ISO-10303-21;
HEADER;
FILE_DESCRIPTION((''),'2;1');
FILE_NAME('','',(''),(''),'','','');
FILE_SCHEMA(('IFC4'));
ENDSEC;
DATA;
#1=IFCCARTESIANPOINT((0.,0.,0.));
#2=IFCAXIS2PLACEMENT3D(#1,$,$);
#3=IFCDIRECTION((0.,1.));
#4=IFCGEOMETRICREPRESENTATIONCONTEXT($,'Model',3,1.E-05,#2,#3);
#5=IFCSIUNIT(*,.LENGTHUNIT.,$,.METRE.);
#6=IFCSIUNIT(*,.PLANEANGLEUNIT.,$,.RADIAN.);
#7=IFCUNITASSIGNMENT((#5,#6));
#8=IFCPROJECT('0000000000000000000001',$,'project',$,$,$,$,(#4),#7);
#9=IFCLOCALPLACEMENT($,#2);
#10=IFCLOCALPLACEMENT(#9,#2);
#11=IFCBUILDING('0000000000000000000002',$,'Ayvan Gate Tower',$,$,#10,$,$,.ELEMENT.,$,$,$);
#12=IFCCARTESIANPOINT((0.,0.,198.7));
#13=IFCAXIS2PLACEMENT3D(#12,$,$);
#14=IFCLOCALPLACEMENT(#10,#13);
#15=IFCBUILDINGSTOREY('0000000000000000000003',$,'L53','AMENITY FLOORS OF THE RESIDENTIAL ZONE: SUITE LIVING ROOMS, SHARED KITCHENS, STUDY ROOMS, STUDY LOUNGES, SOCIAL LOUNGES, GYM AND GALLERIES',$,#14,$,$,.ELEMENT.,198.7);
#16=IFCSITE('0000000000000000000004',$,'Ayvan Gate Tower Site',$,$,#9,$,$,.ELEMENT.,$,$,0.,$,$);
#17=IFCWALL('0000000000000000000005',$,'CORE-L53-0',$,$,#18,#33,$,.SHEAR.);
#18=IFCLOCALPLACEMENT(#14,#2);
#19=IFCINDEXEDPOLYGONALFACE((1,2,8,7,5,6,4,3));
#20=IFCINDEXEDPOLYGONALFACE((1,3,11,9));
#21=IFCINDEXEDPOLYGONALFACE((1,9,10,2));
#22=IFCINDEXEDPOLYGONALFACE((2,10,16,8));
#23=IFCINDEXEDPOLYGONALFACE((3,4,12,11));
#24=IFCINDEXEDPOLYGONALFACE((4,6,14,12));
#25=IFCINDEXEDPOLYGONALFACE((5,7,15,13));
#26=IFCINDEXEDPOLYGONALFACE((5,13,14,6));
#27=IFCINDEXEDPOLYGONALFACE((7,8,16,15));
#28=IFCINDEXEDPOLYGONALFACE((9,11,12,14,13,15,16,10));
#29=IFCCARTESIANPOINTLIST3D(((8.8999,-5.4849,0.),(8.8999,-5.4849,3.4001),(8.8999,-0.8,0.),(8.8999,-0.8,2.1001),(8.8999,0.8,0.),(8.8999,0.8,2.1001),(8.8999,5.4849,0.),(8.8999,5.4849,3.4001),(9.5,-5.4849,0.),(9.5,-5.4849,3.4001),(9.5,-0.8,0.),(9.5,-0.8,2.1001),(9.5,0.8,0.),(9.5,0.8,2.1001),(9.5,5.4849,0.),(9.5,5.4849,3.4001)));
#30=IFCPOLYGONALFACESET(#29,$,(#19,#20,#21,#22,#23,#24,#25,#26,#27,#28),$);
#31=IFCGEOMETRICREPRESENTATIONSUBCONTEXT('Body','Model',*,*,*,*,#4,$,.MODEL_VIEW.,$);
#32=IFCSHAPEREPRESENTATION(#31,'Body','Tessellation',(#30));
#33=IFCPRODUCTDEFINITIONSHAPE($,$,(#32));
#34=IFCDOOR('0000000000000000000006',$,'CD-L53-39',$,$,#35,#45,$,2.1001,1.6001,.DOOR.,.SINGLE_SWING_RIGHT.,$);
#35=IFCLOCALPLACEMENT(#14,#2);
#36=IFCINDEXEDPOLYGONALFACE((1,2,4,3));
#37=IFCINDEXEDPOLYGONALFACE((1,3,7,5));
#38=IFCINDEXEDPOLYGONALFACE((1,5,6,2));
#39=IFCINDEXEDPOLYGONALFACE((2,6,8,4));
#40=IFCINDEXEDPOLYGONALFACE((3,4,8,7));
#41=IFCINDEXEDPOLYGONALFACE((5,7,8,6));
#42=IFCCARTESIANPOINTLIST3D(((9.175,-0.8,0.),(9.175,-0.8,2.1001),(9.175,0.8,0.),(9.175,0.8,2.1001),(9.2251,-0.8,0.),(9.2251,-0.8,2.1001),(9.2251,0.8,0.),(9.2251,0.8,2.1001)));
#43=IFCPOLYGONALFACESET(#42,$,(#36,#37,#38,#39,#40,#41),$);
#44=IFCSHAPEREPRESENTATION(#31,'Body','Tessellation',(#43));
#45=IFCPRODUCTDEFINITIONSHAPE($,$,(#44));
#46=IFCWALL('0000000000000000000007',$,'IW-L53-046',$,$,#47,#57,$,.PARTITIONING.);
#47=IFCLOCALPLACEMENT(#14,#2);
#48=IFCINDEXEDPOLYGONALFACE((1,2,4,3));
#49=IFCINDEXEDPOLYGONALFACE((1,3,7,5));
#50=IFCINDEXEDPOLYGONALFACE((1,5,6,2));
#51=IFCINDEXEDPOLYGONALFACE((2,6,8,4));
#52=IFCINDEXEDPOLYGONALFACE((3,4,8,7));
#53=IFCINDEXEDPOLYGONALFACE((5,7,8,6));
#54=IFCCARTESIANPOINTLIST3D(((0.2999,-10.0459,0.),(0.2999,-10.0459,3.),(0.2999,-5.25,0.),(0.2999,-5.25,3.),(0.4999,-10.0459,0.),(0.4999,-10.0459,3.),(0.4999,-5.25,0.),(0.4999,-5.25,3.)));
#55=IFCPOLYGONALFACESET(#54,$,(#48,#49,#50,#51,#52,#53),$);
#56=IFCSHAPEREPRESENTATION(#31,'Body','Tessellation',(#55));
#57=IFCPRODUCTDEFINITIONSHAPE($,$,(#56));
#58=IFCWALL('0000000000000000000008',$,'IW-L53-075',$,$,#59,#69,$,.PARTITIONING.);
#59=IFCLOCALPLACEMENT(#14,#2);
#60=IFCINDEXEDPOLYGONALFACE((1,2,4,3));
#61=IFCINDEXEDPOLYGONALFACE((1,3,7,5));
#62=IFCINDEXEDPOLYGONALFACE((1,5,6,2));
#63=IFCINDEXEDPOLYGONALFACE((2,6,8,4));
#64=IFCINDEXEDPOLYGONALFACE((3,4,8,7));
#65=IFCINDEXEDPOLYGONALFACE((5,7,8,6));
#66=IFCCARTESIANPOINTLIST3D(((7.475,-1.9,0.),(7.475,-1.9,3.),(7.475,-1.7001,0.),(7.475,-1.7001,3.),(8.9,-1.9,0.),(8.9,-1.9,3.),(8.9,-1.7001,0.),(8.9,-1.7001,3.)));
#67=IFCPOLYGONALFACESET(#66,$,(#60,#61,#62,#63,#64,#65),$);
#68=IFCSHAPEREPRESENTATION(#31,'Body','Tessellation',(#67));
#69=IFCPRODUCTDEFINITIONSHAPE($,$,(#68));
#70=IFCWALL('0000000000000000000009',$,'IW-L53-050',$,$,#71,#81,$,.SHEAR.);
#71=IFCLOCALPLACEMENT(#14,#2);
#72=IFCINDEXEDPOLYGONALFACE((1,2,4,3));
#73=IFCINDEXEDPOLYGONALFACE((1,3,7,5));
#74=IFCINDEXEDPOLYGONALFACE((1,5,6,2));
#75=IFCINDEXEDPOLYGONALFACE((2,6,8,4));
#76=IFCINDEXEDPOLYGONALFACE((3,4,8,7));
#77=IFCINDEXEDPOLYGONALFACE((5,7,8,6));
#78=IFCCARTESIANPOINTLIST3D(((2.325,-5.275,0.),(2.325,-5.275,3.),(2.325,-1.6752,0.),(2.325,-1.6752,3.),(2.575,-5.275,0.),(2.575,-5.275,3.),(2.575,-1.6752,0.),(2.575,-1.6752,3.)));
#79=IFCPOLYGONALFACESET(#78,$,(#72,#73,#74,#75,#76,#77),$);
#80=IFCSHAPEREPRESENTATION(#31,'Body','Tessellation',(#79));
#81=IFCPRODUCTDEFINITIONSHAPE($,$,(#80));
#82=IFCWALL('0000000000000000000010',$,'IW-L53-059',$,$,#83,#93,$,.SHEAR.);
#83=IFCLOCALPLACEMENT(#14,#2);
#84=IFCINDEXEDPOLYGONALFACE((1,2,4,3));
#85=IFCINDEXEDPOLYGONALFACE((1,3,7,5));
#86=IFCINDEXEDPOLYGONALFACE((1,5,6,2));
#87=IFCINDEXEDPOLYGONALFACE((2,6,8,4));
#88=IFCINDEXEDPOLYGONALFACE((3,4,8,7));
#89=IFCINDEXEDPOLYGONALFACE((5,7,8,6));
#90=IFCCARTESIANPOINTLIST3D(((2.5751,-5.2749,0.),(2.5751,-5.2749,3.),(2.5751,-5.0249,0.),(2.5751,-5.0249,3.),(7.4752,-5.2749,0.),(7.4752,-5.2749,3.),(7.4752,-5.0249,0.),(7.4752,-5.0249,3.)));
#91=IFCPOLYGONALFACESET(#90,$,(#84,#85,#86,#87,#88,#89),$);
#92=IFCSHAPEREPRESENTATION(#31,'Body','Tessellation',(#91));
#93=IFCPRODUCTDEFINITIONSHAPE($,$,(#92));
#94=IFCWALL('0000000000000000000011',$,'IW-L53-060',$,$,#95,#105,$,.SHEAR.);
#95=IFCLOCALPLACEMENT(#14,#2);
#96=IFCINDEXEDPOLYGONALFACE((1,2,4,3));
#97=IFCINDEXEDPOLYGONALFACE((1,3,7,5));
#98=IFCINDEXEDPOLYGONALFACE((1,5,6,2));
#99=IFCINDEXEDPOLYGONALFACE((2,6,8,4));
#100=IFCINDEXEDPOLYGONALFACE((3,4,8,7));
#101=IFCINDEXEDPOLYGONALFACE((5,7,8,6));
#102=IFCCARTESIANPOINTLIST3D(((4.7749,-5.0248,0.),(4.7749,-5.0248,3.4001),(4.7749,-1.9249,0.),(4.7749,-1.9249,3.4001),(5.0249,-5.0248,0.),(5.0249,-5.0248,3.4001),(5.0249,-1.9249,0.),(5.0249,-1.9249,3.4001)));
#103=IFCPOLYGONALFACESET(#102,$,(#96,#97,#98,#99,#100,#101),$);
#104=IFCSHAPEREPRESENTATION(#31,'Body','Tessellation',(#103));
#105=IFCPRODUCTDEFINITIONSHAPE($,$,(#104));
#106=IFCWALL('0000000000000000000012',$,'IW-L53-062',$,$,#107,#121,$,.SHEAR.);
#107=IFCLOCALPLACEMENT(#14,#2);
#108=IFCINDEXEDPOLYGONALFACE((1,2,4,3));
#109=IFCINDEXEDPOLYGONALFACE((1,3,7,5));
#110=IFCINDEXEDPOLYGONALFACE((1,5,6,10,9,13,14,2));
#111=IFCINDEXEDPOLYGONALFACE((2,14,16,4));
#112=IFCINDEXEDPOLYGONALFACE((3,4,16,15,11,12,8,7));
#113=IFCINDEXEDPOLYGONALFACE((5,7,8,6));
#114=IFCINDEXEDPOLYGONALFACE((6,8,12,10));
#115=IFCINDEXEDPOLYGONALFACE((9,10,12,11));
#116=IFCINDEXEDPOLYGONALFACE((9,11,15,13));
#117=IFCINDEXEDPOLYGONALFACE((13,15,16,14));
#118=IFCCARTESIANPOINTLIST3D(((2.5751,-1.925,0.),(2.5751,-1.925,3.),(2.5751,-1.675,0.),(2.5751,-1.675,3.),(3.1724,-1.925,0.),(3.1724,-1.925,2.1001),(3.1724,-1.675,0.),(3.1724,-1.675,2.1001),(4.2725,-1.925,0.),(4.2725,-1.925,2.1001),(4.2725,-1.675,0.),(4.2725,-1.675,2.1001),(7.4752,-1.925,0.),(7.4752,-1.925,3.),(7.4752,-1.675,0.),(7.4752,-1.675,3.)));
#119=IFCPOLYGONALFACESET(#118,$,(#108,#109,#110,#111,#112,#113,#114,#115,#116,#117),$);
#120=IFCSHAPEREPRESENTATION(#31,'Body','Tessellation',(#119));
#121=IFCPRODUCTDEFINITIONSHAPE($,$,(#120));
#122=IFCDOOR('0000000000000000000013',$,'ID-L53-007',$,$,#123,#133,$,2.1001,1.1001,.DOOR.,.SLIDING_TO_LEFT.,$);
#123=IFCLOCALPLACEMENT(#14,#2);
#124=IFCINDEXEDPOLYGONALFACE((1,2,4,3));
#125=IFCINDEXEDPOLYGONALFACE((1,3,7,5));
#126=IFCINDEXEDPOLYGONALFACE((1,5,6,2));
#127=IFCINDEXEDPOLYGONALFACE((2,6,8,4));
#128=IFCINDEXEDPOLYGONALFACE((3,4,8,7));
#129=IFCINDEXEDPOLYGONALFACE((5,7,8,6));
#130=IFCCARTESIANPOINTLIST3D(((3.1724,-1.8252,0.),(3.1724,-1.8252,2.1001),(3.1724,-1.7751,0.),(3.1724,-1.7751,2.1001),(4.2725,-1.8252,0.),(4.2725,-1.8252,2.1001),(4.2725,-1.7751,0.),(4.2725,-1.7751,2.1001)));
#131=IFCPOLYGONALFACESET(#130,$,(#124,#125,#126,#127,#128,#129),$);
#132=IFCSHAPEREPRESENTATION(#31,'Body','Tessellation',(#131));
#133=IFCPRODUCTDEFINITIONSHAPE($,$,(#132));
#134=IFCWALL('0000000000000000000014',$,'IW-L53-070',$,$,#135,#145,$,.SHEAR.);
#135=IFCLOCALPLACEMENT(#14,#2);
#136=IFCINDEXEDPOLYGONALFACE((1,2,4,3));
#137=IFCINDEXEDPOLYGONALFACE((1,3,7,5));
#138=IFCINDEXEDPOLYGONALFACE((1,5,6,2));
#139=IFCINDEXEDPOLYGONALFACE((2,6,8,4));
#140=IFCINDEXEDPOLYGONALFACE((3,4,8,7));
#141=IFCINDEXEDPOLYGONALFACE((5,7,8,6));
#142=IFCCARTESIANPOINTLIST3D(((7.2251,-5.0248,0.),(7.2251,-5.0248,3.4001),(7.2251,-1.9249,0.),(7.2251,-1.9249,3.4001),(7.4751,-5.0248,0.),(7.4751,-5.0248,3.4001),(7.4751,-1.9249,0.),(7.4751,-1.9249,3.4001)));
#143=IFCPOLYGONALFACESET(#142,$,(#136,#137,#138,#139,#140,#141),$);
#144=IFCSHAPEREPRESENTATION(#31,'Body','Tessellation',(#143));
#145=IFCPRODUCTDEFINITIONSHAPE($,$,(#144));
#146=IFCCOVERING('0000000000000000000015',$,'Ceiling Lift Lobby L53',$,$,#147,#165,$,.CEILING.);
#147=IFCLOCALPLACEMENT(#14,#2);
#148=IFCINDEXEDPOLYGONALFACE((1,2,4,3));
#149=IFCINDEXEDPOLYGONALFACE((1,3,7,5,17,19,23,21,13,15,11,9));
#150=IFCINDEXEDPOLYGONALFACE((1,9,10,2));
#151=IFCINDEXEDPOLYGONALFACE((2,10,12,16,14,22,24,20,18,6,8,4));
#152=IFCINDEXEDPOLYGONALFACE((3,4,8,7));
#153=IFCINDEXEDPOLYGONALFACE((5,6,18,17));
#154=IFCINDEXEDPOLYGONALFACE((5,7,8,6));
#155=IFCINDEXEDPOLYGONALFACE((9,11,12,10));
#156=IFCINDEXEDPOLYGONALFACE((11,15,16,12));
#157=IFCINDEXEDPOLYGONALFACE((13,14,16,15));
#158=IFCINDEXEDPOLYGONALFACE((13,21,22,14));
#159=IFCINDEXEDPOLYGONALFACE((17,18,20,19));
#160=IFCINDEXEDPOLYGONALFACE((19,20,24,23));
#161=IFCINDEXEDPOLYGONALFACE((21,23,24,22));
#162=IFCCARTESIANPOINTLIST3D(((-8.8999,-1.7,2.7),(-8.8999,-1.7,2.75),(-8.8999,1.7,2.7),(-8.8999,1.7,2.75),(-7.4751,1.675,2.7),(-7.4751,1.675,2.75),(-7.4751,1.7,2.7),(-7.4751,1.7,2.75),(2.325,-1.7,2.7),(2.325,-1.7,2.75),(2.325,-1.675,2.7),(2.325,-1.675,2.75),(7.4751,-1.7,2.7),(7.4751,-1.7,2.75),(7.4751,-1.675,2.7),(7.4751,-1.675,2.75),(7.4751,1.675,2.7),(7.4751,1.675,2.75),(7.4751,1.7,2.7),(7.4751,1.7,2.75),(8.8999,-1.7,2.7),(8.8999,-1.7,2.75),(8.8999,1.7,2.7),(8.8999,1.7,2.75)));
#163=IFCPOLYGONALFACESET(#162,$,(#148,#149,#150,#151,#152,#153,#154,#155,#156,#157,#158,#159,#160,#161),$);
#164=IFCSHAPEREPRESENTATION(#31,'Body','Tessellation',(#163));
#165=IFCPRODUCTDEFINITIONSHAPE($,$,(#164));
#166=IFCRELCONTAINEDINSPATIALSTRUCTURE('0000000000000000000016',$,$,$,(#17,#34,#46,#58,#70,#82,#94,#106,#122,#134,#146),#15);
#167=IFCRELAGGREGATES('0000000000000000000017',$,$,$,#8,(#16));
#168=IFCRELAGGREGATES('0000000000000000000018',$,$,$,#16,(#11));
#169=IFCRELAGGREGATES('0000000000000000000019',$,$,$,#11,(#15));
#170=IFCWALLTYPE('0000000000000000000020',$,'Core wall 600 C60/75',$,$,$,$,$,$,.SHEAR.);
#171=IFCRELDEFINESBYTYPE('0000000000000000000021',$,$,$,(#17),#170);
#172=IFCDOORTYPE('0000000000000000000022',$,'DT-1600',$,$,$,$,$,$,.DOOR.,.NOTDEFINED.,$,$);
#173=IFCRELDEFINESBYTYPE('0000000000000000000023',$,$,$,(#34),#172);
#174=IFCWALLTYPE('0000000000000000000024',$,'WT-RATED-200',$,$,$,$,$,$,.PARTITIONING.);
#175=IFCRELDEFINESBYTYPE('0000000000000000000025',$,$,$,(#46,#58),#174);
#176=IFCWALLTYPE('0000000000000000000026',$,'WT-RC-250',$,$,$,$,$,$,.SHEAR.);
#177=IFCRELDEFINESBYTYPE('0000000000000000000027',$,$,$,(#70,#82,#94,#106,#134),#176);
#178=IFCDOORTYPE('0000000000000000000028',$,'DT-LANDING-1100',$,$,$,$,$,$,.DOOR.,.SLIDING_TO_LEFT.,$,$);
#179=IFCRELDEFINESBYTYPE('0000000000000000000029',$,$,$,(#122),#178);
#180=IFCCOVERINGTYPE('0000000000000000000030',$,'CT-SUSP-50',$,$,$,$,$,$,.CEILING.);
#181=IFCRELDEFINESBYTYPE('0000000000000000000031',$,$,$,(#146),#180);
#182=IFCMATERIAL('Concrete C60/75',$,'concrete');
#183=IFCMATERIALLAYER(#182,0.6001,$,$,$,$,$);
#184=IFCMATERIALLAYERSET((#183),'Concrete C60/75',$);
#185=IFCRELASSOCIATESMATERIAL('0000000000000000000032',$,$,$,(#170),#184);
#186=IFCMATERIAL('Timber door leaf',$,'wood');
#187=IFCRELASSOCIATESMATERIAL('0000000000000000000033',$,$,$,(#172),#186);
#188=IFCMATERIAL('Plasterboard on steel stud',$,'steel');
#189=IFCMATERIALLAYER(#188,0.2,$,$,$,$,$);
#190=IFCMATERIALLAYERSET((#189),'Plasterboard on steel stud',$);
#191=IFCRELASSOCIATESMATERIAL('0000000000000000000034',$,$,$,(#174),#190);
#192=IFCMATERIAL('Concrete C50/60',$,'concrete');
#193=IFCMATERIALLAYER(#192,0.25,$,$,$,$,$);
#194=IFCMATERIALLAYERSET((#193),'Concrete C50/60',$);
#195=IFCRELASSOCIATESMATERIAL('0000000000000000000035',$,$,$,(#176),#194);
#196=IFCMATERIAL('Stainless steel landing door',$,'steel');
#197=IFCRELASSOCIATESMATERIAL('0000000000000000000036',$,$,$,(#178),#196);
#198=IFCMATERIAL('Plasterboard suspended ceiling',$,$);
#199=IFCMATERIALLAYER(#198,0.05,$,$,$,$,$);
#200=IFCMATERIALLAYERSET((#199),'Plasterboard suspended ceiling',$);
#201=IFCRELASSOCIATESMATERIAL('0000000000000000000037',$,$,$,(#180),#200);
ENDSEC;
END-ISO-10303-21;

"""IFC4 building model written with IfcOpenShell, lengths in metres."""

from ifc_helpers import new_model, si_unit, direction, frame, frame_2d, origin, place, context, subcontext, project, spatial, polyline, rectangle, outline, extrude, material, layer, layer_set, type_object, element, fill, save


model = new_model("IFC4")

# Units and contexts
model_context = context("Model", 3, precision=1e-05, world=origin(), true_north=direction((0.0, 1.0)))
body_context = subcontext(model_context, "Body", "Model", "MODEL_VIEW")
ifc_project = project(units=[si_unit("LENGTHUNIT", "METRE"), si_unit("PLANEANGLEUNIT", "RADIAN")], contexts=[model_context])

# Site, building, storey
site_placement = place(None, origin())
site = spatial("IfcSite", under=ifc_project, at=site_placement, Name="Ayvan Gate Tower Site", CompositionType="ELEMENT", RefElevation=0.0)
building_placement = place(site_placement, origin())
building = spatial("IfcBuilding", under=site, at=building_placement, Name="Ayvan Gate Tower", CompositionType="ELEMENT")
storey_placement = place(building_placement, frame((0.0, 0.0, 198.7)))
storey = spatial("IfcBuildingStorey", under=building, at=storey_placement, Name="L53", Description="AMENITY FLOORS OF THE RESIDENTIAL ZONE: SUITE LIVING ROOMS, SHARED KITCHENS, STUDY ROOMS, STUDY LOUNGES, SOCIAL LOUNGES, GYM AND GALLERIES", CompositionType="ELEMENT", Elevation=198.7)

# Wall, opening, door
ifc_material_1 = material(Name="Concrete C60/75", Category="concrete")
ifc_layer_1 = layer(ifc_material_1, 0.6001)
ifc_layer_set_1 = layer_set([ifc_layer_1], Name="Concrete C60/75")
wall_type_1 = type_object("IfcWallType", Name="Core wall 600 C60/75", PredefinedType="SHEAR", material=ifc_layer_set_1)
wall_1_placement = place(storey_placement, frame((9.2, -5.4849, 0.0), z_axis=(0.0, 0.0, 1.0), x_axis=(0.0, 1.0, 0.0)))
wall_1 = element("IfcWall", 1, at=wall_1_placement, inside=storey, type_object=wall_type_1, Name="CORE-L53-0", PredefinedType="SHEAR", context=body_context, shape_type="SweptSolid", body=[
    extrude(rectangle(XDim=10.9697, YDim=0.6001, at=frame_2d((5.4849, 0.0))), origin(), (0.0, 0.0, 1.0), 3.4001),
])
opening_1_placement = place(wall_1_placement, frame((4.6848, 0.0, 0.0)))
opening_1 = element("IfcOpeningElement", 2, at=opening_1_placement, cuts=wall_1, PredefinedType="OPENING", context=body_context, shape_type="SweptSolid", body=[
    extrude(rectangle(XDim=1.6001, YDim=2.1001, at=frame_2d((0.8, 1.05))), frame((0.0, 0.3101, 0.0), z_axis=(0.0, -1.0, 0.0), x_axis=(1.0, 0.0, 0.0)), (0.0, 0.0, 1.0), 0.6201),
])
ifc_material_2 = material(Name="Timber door leaf", Category="wood")
door_type_1 = type_object("IfcDoorType", Name="DT-1600", OperationType="NOTDEFINED", PredefinedType="DOOR", material=ifc_material_2)
door_1_placement = place(opening_1_placement, origin())
door_1 = element("IfcDoor", 3, at=door_1_placement, inside=storey, type_object=door_type_1, Name="CD-L53-39", OperationType="SINGLE_SWING_RIGHT", OverallHeight=2.1001, OverallWidth=1.6001, PredefinedType="DOOR", context=body_context, shape_type="SweptSolid", body=[
    extrude(rectangle(XDim=1.6001, YDim=2.1001, at=frame_2d((0.8, 1.05))), frame((0.0, 0.0249, 0.0), z_axis=(0.0, -1.0, 0.0), x_axis=(1.0, 0.0, 0.0)), (0.0, 0.0, 1.0), 0.05),
])
fill(opening_1, door_1)

# Walls
ifc_material_3 = material(Name="Plasterboard on steel stud", Category="steel")
ifc_layer_2 = layer(ifc_material_3, 0.2)
ifc_layer_set_2 = layer_set([ifc_layer_2], Name="Plasterboard on steel stud")
wall_type_2 = type_object("IfcWallType", Name="WT-RATED-200", PredefinedType="PARTITIONING", material=ifc_layer_set_2)
wall_2_placement = place(storey_placement, frame((0.3999, -5.25, 0.0), z_axis=(0.0, 0.0, 1.0), x_axis=(0.0, -1.0, 0.0)))
element("IfcWall", 4, at=wall_2_placement, inside=storey, type_object=wall_type_2, Name="IW-L53-046", PredefinedType="PARTITIONING", context=body_context, shape_type="SweptSolid", body=[
    extrude(rectangle(XDim=4.7959, YDim=0.2, at=frame_2d((2.3979, 0.0))), origin(), (0.0, 0.0, 1.0), 3.0),
])
wall_3_placement = place(storey_placement, frame((8.8999, -1.8, 0.0), z_axis=(0.0, 0.0, 1.0), x_axis=(-1.0, 0.0, 0.0)))
element("IfcWall", 5, at=wall_3_placement, inside=storey, type_object=wall_type_2, Name="IW-L53-075", PredefinedType="PARTITIONING", context=body_context, shape_type="SweptSolid", body=[
    extrude(rectangle(XDim=1.425, YDim=0.2, at=frame_2d((0.7124, 0.0))), origin(), (0.0, 0.0, 1.0), 3.0),
])
ifc_material_4 = material(Name="Concrete C50/60", Category="concrete")
ifc_layer_3 = layer(ifc_material_4, 0.25)
ifc_layer_set_3 = layer_set([ifc_layer_3], Name="Concrete C50/60")
wall_type_3 = type_object("IfcWallType", Name="WT-RC-250", PredefinedType="SHEAR", material=ifc_layer_set_3)
wall_4_placement = place(storey_placement, frame((2.45, -5.2749, 0.0), z_axis=(0.0, 0.0, 1.0), x_axis=(0.0, 1.0, 0.0)))
element("IfcWall", 6, at=wall_4_placement, inside=storey, type_object=wall_type_3, Name="IW-L53-050", PredefinedType="SHEAR", context=body_context, shape_type="SweptSolid", body=[
    extrude(rectangle(XDim=3.5999, YDim=0.25, at=frame_2d((1.7998, 0.0))), origin(), (0.0, 0.0, 1.0), 3.0),
])
wall_5_placement = place(storey_placement, frame((2.575, -5.1499, 0.0), z_axis=(0.0, 0.0, 1.0), x_axis=(1.0, 0.0, 0.0)))
element("IfcWall", 7, at=wall_5_placement, inside=storey, type_object=wall_type_3, Name="IW-L53-059", PredefinedType="SHEAR", context=body_context, shape_type="SweptSolid", body=[
    extrude(rectangle(XDim=4.9001, YDim=0.25, at=frame_2d((2.4502, 0.0))), origin(), (0.0, 0.0, 1.0), 3.0),
])
wall_6_placement = place(storey_placement, frame((4.8999, -1.925, 0.0), z_axis=(0.0, 0.0, 1.0), x_axis=(0.0, -1.0, 0.0)))
element("IfcWall", 8, at=wall_6_placement, inside=storey, type_object=wall_type_3, Name="IW-L53-060", PredefinedType="SHEAR", context=body_context, shape_type="SweptSolid", body=[
    extrude(rectangle(XDim=3.0999, YDim=0.25, at=frame_2d((1.5498, 0.0))), origin(), (0.0, 0.0, 1.0), 3.4001),
])

# Wall, opening, door
wall_7_placement = place(storey_placement, frame((2.575, -1.8, 0.0), z_axis=(0.0, 0.0, 1.0), x_axis=(1.0, 0.0, 0.0)))
wall_7 = element("IfcWall", 9, at=wall_7_placement, inside=storey, type_object=wall_type_3, Name="IW-L53-062", PredefinedType="SHEAR", context=body_context, shape_type="SweptSolid", body=[
    extrude(rectangle(XDim=4.9001, YDim=0.25, at=frame_2d((2.4502, 0.0))), origin(), (0.0, 0.0, 1.0), 3.0),
])
opening_2_placement = place(wall_7_placement, frame((0.5974, 0.0, 0.0)))
opening_2 = element("IfcOpeningElement", 10, at=opening_2_placement, cuts=wall_7, PredefinedType="OPENING", context=body_context, shape_type="SweptSolid", body=[
    extrude(rectangle(XDim=1.1001, YDim=2.1001, at=frame_2d((0.55, 1.05))), frame((0.0, 0.135, 0.0), z_axis=(0.0, -1.0, 0.0), x_axis=(1.0, 0.0, 0.0)), (0.0, 0.0, 1.0), 0.27),
])
ifc_material_5 = material(Name="Stainless steel landing door", Category="steel")
door_type_2 = type_object("IfcDoorType", Name="DT-LANDING-1100", OperationType="SLIDING_TO_LEFT", PredefinedType="DOOR", material=ifc_material_5)
door_2_placement = place(opening_2_placement, origin())
door_2 = element("IfcDoor", 11, at=door_2_placement, inside=storey, type_object=door_type_2, Name="ID-L53-007", OperationType="SLIDING_TO_LEFT", OverallHeight=2.1001, OverallWidth=1.1001, PredefinedType="DOOR", context=body_context, shape_type="SweptSolid", body=[
    extrude(rectangle(XDim=1.1001, YDim=2.1001, at=frame_2d((0.55, 1.05))), frame((0.0, 0.0249, 0.0), z_axis=(0.0, -1.0, 0.0), x_axis=(1.0, 0.0, 0.0)), (0.0, 0.0, 1.0), 0.05),
])
fill(opening_2, door_2)

# Wall
wall_8_placement = place(storey_placement, frame((7.3501, -1.925, 0.0), z_axis=(0.0, 0.0, 1.0), x_axis=(0.0, -1.0, 0.0)))
element("IfcWall", 12, at=wall_8_placement, inside=storey, type_object=wall_type_3, Name="IW-L53-070", PredefinedType="SHEAR", context=body_context, shape_type="SweptSolid", body=[
    extrude(rectangle(XDim=3.0999, YDim=0.25, at=frame_2d((1.5498, 0.0))), origin(), (0.0, 0.0, 1.0), 3.4001),
])

# Covering
ifc_material_6 = material(Name="Plasterboard suspended ceiling")
ifc_layer_4 = layer(ifc_material_6, 0.05)
ifc_layer_set_4 = layer_set([ifc_layer_4], Name="Plasterboard suspended ceiling")
covering_type = type_object("IfcCoveringType", Name="CT-SUSP-50", PredefinedType="CEILING", material=ifc_layer_set_4)
covering_1_placement = place(storey_placement, frame((0.0, 0.0, 2.7)))
element("IfcCovering", 13, at=covering_1_placement, inside=storey, type_object=covering_type, Name="Ceiling Lift Lobby L53", PredefinedType="CEILING", context=body_context, shape_type="SweptSolid", body=[
    extrude(outline(polyline([(7.4751, -1.675), (2.325, -1.675), (2.325, -1.7), (-8.8999, -1.7), (-8.8999, 1.7), (-7.4751, 1.7), (-7.4751, 1.675), (7.4751, 1.675), (7.4751, 1.7), (8.8999, 1.7), (8.8999, -1.7), (7.4751, -1.7), (7.4751, -1.675)])), origin(), (0.0, 0.0, 1.0), 0.05),
])

save(model, "model.ifc")
